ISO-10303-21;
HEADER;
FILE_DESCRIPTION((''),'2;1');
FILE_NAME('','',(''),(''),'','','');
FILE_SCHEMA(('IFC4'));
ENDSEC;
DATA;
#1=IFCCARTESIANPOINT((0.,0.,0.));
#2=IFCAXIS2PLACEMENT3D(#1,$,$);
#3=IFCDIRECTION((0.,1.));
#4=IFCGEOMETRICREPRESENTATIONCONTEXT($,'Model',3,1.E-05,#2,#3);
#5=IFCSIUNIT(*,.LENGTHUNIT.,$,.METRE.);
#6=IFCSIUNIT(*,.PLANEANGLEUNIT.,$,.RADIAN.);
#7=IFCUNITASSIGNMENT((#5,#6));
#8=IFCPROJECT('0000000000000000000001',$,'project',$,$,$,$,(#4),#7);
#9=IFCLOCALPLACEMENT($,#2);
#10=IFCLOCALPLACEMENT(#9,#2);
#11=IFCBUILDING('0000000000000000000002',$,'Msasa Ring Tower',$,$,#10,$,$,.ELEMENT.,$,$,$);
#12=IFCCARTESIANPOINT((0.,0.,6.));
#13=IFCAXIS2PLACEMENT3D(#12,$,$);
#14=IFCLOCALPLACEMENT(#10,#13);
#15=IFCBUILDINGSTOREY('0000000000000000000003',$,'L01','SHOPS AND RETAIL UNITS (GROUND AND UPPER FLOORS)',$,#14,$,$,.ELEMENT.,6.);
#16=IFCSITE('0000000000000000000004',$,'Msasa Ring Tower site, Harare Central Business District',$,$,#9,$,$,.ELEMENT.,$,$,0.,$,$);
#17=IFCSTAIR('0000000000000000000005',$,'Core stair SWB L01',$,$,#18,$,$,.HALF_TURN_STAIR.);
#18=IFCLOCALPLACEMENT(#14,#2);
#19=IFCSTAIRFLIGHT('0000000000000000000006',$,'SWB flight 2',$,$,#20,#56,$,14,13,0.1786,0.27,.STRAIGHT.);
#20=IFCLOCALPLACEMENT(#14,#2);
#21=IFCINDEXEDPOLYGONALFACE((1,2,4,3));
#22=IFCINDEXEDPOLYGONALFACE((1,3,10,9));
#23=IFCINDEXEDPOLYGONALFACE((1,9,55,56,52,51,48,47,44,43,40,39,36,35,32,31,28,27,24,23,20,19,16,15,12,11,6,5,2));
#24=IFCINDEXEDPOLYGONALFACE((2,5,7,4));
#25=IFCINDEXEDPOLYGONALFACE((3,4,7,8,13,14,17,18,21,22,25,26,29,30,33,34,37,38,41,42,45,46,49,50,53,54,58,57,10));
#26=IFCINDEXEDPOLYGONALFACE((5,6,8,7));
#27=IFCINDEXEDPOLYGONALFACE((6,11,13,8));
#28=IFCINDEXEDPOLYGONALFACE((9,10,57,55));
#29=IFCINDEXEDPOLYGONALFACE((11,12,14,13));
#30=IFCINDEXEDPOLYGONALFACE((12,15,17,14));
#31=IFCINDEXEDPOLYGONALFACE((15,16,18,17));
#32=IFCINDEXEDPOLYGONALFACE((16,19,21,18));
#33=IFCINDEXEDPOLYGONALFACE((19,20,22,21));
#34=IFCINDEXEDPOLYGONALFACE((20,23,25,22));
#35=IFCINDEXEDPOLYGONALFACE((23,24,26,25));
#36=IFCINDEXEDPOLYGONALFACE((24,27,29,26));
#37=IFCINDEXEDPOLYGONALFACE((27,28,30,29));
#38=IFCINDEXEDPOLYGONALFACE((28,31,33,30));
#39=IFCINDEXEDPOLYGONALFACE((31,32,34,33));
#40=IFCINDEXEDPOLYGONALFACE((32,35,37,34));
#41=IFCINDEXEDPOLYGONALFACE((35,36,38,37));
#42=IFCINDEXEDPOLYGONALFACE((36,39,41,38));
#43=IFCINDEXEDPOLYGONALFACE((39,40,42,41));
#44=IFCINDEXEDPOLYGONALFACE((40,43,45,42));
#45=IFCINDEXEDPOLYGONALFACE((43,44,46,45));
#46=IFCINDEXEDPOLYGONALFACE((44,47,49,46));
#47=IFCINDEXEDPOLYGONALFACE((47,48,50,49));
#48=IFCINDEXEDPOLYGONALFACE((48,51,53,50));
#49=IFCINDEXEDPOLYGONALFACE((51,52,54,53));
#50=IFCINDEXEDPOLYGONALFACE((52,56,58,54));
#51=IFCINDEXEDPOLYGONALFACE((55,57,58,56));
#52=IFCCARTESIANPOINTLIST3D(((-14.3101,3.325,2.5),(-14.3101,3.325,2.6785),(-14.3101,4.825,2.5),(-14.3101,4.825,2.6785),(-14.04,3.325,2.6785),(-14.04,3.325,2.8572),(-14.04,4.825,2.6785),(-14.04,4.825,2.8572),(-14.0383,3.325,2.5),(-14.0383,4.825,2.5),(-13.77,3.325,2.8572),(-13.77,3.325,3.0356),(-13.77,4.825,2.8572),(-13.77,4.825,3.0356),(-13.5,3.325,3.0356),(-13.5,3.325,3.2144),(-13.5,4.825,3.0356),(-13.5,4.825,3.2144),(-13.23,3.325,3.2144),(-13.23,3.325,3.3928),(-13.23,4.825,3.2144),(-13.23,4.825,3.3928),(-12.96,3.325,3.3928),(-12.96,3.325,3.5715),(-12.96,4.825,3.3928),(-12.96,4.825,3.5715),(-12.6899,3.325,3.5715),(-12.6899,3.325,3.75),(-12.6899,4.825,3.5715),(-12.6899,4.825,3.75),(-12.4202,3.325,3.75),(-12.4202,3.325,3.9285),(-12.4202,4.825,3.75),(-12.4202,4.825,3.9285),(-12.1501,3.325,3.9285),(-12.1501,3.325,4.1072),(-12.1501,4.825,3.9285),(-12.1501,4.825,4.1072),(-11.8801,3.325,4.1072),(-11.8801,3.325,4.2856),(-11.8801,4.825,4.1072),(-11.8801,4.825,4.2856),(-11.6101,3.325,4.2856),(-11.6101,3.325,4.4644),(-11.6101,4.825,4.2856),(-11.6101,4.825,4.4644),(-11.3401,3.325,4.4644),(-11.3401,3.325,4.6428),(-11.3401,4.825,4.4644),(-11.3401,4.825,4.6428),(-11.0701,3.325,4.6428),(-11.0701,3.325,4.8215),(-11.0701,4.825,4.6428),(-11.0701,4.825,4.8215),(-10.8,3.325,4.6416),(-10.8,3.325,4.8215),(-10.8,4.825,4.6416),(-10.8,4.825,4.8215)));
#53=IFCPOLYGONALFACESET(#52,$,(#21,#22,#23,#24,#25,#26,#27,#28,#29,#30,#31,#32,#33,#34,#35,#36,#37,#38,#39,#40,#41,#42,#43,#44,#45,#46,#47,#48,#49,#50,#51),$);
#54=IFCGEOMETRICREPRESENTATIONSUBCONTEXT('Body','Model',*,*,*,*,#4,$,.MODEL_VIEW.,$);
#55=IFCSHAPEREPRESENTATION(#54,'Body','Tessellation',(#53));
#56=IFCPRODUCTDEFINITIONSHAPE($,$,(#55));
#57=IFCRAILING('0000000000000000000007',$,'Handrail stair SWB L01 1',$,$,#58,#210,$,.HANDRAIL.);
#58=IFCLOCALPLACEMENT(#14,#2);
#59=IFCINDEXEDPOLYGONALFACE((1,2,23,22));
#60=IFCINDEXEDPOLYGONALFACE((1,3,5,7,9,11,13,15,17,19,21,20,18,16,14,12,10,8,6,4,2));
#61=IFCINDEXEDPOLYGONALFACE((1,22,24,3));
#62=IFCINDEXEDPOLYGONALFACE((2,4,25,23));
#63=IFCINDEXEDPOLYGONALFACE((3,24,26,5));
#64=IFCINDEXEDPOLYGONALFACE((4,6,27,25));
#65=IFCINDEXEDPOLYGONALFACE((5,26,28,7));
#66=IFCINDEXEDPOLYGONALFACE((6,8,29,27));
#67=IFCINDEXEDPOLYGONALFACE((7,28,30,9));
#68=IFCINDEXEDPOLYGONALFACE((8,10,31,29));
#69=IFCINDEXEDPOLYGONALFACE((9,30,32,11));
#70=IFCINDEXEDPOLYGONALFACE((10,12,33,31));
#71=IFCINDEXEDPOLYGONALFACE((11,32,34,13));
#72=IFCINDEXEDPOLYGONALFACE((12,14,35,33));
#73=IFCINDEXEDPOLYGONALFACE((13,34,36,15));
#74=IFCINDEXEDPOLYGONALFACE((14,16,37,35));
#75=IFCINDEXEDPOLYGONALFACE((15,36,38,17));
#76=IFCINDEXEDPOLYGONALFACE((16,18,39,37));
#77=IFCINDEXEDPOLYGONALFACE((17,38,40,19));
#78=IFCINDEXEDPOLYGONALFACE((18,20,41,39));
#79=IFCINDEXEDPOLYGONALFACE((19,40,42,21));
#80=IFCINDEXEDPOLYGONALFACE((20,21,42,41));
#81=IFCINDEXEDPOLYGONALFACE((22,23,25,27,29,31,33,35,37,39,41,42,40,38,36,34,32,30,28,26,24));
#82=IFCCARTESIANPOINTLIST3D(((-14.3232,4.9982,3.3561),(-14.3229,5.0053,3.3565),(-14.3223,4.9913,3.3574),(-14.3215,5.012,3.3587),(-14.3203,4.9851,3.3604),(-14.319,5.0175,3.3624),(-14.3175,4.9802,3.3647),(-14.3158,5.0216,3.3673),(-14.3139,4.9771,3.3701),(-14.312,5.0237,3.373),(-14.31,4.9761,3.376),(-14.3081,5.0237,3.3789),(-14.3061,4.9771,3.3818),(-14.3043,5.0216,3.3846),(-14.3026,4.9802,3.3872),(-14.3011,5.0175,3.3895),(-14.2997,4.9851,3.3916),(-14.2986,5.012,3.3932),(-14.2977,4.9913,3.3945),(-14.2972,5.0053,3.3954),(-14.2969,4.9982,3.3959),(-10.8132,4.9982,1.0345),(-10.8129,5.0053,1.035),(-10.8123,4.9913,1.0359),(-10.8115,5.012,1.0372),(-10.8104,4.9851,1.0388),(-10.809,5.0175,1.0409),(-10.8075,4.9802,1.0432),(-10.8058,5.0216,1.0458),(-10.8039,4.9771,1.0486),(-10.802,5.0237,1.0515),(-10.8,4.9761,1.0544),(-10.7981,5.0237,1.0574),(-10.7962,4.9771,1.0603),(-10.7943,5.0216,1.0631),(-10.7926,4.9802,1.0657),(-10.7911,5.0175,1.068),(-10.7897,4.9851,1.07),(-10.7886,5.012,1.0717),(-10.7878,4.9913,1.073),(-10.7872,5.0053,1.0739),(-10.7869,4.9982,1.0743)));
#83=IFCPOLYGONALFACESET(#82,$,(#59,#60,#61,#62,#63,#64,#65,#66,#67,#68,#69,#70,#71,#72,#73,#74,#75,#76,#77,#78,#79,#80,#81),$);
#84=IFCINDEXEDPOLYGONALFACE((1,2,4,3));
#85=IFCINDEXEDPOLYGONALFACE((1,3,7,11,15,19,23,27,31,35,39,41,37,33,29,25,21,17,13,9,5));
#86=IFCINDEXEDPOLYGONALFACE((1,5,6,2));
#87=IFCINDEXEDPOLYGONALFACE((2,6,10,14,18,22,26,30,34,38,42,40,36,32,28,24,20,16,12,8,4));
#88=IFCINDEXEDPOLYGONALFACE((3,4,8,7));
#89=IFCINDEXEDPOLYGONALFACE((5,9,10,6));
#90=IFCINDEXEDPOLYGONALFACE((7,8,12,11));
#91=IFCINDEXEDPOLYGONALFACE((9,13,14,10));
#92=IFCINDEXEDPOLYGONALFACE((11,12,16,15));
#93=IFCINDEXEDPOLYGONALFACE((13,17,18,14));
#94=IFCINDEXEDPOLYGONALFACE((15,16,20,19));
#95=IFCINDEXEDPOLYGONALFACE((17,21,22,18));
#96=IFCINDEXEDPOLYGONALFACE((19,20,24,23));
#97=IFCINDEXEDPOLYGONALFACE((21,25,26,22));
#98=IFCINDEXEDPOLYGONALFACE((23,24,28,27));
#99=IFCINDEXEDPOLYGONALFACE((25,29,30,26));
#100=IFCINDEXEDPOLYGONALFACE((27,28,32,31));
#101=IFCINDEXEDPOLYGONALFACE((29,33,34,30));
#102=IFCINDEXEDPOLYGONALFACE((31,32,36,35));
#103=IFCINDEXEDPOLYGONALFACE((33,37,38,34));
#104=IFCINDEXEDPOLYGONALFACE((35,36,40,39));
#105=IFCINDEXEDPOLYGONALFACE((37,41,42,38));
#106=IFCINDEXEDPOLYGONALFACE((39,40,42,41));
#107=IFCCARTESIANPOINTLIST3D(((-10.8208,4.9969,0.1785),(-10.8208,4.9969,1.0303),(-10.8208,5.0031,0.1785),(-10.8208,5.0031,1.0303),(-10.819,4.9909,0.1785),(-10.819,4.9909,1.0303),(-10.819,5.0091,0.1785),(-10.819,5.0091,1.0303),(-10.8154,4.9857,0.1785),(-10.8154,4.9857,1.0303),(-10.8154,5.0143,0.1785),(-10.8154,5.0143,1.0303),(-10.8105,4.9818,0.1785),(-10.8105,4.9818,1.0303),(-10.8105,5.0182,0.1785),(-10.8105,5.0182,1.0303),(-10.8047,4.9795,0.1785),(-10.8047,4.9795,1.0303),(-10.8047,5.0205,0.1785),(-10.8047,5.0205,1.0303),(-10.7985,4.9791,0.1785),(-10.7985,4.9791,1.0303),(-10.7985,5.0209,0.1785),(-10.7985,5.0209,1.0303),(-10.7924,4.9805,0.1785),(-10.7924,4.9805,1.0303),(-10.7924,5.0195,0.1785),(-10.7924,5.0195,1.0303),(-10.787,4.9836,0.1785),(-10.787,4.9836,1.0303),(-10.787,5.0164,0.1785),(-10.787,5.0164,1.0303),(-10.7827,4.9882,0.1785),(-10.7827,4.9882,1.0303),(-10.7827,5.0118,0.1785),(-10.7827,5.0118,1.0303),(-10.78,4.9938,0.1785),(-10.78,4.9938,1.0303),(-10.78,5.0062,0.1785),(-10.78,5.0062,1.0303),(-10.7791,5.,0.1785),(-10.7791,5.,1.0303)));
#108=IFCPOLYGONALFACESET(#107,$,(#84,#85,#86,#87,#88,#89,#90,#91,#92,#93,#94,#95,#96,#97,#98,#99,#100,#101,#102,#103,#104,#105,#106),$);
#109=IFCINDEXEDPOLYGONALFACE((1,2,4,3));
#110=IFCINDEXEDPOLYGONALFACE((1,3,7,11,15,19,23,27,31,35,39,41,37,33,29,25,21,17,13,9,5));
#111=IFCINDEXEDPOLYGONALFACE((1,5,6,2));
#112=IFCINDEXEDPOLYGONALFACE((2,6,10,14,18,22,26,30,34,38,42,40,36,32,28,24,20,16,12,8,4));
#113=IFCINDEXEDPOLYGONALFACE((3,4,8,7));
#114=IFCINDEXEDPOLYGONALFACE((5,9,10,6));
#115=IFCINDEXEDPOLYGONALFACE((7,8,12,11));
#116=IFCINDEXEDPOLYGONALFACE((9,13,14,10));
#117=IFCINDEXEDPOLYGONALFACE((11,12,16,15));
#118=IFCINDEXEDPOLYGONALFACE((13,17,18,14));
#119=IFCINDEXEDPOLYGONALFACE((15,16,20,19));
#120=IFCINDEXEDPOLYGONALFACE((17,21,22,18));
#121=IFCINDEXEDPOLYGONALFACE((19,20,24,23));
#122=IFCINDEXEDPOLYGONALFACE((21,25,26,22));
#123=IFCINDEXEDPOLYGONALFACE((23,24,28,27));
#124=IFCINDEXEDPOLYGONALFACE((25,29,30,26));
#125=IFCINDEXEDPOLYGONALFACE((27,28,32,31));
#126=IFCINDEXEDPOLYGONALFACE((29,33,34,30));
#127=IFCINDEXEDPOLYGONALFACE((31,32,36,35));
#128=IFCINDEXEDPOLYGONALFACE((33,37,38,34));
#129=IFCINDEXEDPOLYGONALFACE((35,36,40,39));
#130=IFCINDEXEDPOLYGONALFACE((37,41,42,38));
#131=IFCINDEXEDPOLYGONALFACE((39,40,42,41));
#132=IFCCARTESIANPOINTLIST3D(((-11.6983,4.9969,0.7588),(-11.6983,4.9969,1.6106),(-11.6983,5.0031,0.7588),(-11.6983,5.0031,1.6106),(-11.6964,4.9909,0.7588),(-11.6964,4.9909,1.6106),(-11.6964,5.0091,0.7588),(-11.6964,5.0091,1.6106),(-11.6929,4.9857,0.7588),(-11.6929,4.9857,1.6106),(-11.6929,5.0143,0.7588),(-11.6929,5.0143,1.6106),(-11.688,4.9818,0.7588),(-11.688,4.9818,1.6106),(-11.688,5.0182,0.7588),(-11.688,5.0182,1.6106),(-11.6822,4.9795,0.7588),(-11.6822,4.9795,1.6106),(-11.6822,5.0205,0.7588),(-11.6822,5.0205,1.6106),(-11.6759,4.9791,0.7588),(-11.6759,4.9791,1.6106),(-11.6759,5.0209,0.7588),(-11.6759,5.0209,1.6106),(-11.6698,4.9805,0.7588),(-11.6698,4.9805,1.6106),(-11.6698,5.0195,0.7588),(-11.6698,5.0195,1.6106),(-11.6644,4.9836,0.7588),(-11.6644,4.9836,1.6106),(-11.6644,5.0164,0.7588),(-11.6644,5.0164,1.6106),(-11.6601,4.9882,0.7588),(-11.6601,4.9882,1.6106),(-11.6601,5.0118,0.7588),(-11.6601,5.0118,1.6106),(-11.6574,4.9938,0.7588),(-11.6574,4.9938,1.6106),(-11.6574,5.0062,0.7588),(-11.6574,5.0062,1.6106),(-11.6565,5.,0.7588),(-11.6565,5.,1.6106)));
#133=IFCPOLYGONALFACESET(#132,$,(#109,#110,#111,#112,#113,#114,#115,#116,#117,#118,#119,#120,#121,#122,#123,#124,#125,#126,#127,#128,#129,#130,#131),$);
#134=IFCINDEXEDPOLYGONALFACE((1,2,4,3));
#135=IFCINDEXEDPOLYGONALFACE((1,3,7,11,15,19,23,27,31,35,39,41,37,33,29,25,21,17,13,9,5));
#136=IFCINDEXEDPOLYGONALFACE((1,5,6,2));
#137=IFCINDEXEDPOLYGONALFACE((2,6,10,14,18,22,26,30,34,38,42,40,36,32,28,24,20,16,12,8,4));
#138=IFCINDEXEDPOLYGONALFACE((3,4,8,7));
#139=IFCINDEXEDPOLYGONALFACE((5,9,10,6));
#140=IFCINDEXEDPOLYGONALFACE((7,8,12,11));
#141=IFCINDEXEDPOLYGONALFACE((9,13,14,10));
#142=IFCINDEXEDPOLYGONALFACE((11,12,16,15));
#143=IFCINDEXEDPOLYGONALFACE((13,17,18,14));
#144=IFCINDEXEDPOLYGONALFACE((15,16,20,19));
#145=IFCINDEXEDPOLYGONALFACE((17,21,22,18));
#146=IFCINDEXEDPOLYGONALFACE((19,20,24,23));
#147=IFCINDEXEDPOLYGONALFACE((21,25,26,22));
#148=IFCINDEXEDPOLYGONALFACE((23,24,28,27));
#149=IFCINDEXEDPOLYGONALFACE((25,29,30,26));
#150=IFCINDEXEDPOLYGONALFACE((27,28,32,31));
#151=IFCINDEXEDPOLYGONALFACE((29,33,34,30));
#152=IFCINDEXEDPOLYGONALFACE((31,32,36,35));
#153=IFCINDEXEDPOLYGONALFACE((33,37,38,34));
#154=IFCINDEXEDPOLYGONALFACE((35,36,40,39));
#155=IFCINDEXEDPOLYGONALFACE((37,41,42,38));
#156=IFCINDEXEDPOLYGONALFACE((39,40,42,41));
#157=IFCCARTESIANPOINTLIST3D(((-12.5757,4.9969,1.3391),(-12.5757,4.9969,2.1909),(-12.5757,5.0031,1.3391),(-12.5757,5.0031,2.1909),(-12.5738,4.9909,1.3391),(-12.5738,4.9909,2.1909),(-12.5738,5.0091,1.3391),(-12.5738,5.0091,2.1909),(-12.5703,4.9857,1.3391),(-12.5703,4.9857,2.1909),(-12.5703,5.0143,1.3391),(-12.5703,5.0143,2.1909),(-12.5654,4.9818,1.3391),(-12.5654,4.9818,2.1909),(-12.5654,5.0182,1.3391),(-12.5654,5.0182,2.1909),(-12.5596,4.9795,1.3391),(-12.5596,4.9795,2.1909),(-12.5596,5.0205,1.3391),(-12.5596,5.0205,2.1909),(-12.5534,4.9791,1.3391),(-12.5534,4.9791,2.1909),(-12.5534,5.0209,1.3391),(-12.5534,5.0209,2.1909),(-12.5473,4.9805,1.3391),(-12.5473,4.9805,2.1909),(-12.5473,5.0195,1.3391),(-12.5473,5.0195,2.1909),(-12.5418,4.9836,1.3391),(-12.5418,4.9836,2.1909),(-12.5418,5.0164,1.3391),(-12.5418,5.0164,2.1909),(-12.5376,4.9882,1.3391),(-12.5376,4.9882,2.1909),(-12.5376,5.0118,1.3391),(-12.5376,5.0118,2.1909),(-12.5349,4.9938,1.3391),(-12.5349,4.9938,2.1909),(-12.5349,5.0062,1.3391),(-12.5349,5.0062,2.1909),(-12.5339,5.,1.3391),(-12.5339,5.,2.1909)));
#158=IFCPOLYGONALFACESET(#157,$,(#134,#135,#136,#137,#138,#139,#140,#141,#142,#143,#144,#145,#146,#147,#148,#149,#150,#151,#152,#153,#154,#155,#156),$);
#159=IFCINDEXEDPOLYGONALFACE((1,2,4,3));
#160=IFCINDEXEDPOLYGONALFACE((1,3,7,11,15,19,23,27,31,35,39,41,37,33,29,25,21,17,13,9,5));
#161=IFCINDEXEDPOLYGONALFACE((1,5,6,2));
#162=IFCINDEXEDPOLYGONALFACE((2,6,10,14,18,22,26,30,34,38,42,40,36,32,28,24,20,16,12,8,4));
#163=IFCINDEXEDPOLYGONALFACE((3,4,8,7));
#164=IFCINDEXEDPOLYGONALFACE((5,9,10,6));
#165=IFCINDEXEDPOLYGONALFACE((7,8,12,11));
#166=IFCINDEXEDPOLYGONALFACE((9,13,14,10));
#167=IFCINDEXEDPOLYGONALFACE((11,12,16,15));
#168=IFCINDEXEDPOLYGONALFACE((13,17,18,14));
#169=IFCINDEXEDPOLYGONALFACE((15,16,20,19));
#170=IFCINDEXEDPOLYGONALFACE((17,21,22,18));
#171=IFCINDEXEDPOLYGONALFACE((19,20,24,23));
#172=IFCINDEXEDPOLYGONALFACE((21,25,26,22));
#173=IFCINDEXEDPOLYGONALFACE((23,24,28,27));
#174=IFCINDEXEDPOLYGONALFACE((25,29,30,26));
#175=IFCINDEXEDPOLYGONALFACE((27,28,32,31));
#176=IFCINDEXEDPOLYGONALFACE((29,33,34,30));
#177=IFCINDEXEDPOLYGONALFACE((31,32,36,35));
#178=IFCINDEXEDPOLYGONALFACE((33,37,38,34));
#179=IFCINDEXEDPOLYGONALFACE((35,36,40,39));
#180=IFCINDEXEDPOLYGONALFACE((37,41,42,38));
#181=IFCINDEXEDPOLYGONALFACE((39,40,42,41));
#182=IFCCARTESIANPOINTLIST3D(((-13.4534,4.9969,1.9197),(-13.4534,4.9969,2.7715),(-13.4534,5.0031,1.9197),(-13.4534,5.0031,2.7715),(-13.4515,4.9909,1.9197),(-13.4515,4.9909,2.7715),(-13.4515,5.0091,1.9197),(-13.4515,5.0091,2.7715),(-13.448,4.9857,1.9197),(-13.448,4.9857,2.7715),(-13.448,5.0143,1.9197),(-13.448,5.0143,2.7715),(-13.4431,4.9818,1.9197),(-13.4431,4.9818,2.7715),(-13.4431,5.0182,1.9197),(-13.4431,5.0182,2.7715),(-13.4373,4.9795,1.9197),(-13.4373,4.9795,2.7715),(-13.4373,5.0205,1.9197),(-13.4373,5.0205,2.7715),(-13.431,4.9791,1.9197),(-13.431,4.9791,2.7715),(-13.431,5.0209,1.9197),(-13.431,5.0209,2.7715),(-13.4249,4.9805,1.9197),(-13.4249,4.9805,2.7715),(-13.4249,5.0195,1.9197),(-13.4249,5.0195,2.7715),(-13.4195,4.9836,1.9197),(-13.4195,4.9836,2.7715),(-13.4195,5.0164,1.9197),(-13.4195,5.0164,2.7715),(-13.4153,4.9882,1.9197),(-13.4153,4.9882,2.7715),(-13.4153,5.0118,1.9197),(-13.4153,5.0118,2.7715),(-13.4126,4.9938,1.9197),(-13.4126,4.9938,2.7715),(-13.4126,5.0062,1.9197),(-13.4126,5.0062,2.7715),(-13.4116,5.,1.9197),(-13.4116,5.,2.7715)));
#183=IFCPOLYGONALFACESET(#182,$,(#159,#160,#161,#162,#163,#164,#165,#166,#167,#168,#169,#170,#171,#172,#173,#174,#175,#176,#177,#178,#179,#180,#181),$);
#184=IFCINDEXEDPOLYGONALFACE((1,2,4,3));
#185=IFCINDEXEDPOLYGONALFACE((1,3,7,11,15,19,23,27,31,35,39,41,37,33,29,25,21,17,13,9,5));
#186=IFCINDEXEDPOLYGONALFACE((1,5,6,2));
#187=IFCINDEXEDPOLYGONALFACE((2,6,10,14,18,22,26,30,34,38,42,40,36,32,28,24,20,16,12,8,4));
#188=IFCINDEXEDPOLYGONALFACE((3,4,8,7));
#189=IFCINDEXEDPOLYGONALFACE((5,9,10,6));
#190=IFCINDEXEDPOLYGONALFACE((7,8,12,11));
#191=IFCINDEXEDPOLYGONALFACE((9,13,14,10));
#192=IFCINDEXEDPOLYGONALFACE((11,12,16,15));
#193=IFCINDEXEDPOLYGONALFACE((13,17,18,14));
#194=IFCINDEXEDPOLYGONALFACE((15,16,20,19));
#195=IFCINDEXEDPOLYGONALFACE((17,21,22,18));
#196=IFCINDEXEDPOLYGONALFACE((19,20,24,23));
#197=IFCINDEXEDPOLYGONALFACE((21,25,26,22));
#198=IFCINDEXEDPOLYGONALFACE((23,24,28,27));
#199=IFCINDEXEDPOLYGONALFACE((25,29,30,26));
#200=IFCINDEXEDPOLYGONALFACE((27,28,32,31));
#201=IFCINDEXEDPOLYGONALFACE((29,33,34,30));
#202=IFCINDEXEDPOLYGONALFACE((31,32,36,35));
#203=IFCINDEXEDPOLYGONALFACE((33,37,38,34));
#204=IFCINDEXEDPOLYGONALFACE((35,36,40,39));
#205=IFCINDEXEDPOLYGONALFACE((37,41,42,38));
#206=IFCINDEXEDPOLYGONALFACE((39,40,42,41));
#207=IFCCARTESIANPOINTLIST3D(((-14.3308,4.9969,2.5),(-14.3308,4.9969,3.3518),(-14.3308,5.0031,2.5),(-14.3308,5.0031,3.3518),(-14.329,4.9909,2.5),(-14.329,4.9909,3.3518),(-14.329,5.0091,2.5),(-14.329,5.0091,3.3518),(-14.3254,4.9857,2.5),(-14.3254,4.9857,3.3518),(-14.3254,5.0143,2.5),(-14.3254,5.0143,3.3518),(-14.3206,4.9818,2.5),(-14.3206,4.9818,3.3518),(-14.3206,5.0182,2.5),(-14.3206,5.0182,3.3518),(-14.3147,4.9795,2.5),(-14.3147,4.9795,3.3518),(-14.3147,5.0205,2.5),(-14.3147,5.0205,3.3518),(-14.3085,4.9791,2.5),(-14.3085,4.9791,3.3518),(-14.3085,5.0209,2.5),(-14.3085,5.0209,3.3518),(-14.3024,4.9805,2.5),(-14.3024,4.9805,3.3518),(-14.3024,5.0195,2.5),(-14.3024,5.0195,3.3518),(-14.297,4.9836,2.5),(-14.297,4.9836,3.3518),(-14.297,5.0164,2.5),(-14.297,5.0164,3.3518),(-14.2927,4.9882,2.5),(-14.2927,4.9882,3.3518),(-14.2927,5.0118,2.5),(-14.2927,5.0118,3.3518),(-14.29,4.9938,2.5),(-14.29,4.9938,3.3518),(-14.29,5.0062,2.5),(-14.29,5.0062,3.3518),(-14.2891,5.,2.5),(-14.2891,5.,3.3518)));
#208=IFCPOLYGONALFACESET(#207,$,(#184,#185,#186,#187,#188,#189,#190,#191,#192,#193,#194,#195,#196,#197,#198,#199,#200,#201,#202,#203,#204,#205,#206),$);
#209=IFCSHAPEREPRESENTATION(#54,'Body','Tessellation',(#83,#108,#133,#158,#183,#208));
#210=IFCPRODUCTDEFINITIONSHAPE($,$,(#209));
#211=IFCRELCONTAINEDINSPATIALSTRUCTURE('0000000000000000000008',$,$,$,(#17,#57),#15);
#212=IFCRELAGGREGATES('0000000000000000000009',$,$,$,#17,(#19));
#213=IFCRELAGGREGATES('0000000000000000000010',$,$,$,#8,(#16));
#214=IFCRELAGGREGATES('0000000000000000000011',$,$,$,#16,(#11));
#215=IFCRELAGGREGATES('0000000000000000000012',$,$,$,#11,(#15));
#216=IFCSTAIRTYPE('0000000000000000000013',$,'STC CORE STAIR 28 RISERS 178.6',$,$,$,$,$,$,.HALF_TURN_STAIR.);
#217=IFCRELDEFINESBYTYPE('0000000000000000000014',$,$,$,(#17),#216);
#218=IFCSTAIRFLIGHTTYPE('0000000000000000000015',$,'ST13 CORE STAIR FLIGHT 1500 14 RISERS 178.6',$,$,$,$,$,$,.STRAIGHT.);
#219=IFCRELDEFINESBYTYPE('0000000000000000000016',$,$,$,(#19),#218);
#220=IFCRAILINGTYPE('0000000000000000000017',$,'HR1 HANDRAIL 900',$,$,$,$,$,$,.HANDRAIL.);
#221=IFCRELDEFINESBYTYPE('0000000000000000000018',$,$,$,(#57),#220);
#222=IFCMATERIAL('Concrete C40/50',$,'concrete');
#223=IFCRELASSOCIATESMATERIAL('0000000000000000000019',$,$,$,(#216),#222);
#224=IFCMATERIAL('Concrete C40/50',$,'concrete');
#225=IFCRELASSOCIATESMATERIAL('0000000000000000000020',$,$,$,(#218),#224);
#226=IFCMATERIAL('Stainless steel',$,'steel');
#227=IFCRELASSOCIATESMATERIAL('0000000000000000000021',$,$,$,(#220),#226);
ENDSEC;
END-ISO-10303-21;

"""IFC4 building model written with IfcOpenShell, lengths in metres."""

from ifc_helpers import new_model, si_unit, direction, frame, origin, origin_2d, place, context, subcontext, project, spatial, polyline, circle, outline, extrude, material, type_object, element, aggregate, save


model = new_model("IFC4")

# Units and contexts
model_context = context("Model", 3, precision=1e-05, world=origin(), true_north=direction((0.0, 1.0)))
body_context = subcontext(model_context, "Body", "Model", "MODEL_VIEW")
ifc_project = project(units=[si_unit("LENGTHUNIT", "METRE"), si_unit("PLANEANGLEUNIT", "RADIAN")], contexts=[model_context])

# Site, building, storey
site_placement = place(None, origin())
site = spatial("IfcSite", under=ifc_project, at=site_placement, Name="Msasa Ring Tower site, Harare Central Business District", CompositionType="ELEMENT", RefElevation=0.0)
building_placement = place(site_placement, origin())
building = spatial("IfcBuilding", under=site, at=building_placement, Name="Msasa Ring Tower", CompositionType="ELEMENT")
storey_placement = place(building_placement, frame((0.0, 0.0, 6.0)))
storey = spatial("IfcBuildingStorey", under=building, at=storey_placement, Name="L01", Description="SHOPS AND RETAIL UNITS (GROUND AND UPPER FLOORS)", CompositionType="ELEMENT", Elevation=6.0)

# Stair, stair flight
ifc_material_1 = material(Name="Concrete C40/50", Category="concrete")
stair_type = type_object("IfcStairType", Name="STC CORE STAIR 28 RISERS 178.6", PredefinedType="HALF_TURN_STAIR", material=ifc_material_1)
stair_placement = place(storey_placement, origin())
stair = element("IfcStair", 1, at=stair_placement, inside=storey, type_object=stair_type, Name="Core stair SWB L01", PredefinedType="HALF_TURN_STAIR")
ifc_material_2 = material(Name="Concrete C40/50", Category="concrete")
stair_flight_type = type_object("IfcStairFlightType", Name="ST13 CORE STAIR FLIGHT 1500 14 RISERS 178.6", PredefinedType="STRAIGHT", material=ifc_material_2)
stair_flight_1_placement = place(storey_placement, frame((-14.3101, 4.075, 2.5), z_axis=(0.0, 0.0, 1.0), x_axis=(1.0, 0.0, 0.0)))
stair_flight_1 = element("IfcStairFlight", 2, at=stair_flight_1_placement, type_object=stair_flight_type, Name="SWB flight 2", NumberOfRisers=14, NumberOfTreads=13, PredefinedType="STRAIGHT", RiserHeight=0.1786, TreadLength=0.27, context=body_context, shape_type="SweptSolid", body=[
    extrude(outline(polyline([(0.0, 0.0), (0.0, 0.1785), (0.27, 0.1785), (0.27, 0.3572), (0.54, 0.3572), (0.54, 0.5356), (0.8101, 0.5356), (0.8101, 0.7144), (1.0801, 0.7144), (1.0801, 0.8928), (1.3501, 0.8928), (1.3501, 1.0715), (1.6201, 1.0715), (1.6201, 1.25), (1.8899, 1.25), (1.8899, 1.4285), (2.1599, 1.4285), (2.1599, 1.6072), (2.4299, 1.6072), (2.4299, 1.7856), (2.7, 1.7856), (2.7, 1.9644), (2.97, 1.9644), (2.97, 2.1428), (3.24, 2.1428), (3.24, 2.3215), (3.51, 2.3215), (3.51, 2.5), (3.51, 2.1416), (0.2717, 0.0), (0.0, 0.0)])), frame((0.0, 0.75, 0.0), z_axis=(0.0, -1.0, 0.0), x_axis=(1.0, 0.0, 0.0)), (0.0, 0.0, 1.0), 1.5),
])
aggregate(stair, [stair_flight_1])

# Railing
ifc_material_3 = material(Name="Stainless steel", Category="steel")
railing_type = type_object("IfcRailingType", Name="HR1 HANDRAIL 900", PredefinedType="HANDRAIL", material=ifc_material_3)
for number, where, name in (
    (3, (-10.8, 5.0, 0.1785), "Handrail stair SWB L01 1"),
):
    element("IfcRailing", number, at=place(storey_placement, frame(where)), inside=storey, type_object=railing_type, Name=name, PredefinedType="HANDRAIL", context=body_context, shape_type="SweptSolid", body=[
        extrude(circle(Radius=0.0239, at=origin_2d()), frame((0.0, 0.0, 0.876), z_axis=(-0.834071, 0.0, 0.551657), x_axis=(0.0, -1.0, 0.0)), (0.0, 0.0, 1.0), 4.2083),
        extrude(circle(Radius=0.021, at=origin_2d()), origin(), (0.0, 0.0, 1.0), 0.8518),
        extrude(circle(Radius=0.021, at=origin_2d()), frame((-0.8774, 0.0, 0.5803)), (0.0, 0.0, 1.0), 0.8518),
        extrude(circle(Radius=0.021, at=origin_2d()), frame((-1.7549, 0.0, 1.1606)), (0.0, 0.0, 1.0), 0.8518),
        extrude(circle(Radius=0.021, at=origin_2d()), frame((-2.6326, 0.0, 1.7412)), (0.0, 0.0, 1.0), 0.8518),
        extrude(circle(Radius=0.021, at=origin_2d()), frame((-3.51, 0.0, 2.3215)), (0.0, 0.0, 1.0), 0.8518),
    ])

save(model, "model.ifc")
